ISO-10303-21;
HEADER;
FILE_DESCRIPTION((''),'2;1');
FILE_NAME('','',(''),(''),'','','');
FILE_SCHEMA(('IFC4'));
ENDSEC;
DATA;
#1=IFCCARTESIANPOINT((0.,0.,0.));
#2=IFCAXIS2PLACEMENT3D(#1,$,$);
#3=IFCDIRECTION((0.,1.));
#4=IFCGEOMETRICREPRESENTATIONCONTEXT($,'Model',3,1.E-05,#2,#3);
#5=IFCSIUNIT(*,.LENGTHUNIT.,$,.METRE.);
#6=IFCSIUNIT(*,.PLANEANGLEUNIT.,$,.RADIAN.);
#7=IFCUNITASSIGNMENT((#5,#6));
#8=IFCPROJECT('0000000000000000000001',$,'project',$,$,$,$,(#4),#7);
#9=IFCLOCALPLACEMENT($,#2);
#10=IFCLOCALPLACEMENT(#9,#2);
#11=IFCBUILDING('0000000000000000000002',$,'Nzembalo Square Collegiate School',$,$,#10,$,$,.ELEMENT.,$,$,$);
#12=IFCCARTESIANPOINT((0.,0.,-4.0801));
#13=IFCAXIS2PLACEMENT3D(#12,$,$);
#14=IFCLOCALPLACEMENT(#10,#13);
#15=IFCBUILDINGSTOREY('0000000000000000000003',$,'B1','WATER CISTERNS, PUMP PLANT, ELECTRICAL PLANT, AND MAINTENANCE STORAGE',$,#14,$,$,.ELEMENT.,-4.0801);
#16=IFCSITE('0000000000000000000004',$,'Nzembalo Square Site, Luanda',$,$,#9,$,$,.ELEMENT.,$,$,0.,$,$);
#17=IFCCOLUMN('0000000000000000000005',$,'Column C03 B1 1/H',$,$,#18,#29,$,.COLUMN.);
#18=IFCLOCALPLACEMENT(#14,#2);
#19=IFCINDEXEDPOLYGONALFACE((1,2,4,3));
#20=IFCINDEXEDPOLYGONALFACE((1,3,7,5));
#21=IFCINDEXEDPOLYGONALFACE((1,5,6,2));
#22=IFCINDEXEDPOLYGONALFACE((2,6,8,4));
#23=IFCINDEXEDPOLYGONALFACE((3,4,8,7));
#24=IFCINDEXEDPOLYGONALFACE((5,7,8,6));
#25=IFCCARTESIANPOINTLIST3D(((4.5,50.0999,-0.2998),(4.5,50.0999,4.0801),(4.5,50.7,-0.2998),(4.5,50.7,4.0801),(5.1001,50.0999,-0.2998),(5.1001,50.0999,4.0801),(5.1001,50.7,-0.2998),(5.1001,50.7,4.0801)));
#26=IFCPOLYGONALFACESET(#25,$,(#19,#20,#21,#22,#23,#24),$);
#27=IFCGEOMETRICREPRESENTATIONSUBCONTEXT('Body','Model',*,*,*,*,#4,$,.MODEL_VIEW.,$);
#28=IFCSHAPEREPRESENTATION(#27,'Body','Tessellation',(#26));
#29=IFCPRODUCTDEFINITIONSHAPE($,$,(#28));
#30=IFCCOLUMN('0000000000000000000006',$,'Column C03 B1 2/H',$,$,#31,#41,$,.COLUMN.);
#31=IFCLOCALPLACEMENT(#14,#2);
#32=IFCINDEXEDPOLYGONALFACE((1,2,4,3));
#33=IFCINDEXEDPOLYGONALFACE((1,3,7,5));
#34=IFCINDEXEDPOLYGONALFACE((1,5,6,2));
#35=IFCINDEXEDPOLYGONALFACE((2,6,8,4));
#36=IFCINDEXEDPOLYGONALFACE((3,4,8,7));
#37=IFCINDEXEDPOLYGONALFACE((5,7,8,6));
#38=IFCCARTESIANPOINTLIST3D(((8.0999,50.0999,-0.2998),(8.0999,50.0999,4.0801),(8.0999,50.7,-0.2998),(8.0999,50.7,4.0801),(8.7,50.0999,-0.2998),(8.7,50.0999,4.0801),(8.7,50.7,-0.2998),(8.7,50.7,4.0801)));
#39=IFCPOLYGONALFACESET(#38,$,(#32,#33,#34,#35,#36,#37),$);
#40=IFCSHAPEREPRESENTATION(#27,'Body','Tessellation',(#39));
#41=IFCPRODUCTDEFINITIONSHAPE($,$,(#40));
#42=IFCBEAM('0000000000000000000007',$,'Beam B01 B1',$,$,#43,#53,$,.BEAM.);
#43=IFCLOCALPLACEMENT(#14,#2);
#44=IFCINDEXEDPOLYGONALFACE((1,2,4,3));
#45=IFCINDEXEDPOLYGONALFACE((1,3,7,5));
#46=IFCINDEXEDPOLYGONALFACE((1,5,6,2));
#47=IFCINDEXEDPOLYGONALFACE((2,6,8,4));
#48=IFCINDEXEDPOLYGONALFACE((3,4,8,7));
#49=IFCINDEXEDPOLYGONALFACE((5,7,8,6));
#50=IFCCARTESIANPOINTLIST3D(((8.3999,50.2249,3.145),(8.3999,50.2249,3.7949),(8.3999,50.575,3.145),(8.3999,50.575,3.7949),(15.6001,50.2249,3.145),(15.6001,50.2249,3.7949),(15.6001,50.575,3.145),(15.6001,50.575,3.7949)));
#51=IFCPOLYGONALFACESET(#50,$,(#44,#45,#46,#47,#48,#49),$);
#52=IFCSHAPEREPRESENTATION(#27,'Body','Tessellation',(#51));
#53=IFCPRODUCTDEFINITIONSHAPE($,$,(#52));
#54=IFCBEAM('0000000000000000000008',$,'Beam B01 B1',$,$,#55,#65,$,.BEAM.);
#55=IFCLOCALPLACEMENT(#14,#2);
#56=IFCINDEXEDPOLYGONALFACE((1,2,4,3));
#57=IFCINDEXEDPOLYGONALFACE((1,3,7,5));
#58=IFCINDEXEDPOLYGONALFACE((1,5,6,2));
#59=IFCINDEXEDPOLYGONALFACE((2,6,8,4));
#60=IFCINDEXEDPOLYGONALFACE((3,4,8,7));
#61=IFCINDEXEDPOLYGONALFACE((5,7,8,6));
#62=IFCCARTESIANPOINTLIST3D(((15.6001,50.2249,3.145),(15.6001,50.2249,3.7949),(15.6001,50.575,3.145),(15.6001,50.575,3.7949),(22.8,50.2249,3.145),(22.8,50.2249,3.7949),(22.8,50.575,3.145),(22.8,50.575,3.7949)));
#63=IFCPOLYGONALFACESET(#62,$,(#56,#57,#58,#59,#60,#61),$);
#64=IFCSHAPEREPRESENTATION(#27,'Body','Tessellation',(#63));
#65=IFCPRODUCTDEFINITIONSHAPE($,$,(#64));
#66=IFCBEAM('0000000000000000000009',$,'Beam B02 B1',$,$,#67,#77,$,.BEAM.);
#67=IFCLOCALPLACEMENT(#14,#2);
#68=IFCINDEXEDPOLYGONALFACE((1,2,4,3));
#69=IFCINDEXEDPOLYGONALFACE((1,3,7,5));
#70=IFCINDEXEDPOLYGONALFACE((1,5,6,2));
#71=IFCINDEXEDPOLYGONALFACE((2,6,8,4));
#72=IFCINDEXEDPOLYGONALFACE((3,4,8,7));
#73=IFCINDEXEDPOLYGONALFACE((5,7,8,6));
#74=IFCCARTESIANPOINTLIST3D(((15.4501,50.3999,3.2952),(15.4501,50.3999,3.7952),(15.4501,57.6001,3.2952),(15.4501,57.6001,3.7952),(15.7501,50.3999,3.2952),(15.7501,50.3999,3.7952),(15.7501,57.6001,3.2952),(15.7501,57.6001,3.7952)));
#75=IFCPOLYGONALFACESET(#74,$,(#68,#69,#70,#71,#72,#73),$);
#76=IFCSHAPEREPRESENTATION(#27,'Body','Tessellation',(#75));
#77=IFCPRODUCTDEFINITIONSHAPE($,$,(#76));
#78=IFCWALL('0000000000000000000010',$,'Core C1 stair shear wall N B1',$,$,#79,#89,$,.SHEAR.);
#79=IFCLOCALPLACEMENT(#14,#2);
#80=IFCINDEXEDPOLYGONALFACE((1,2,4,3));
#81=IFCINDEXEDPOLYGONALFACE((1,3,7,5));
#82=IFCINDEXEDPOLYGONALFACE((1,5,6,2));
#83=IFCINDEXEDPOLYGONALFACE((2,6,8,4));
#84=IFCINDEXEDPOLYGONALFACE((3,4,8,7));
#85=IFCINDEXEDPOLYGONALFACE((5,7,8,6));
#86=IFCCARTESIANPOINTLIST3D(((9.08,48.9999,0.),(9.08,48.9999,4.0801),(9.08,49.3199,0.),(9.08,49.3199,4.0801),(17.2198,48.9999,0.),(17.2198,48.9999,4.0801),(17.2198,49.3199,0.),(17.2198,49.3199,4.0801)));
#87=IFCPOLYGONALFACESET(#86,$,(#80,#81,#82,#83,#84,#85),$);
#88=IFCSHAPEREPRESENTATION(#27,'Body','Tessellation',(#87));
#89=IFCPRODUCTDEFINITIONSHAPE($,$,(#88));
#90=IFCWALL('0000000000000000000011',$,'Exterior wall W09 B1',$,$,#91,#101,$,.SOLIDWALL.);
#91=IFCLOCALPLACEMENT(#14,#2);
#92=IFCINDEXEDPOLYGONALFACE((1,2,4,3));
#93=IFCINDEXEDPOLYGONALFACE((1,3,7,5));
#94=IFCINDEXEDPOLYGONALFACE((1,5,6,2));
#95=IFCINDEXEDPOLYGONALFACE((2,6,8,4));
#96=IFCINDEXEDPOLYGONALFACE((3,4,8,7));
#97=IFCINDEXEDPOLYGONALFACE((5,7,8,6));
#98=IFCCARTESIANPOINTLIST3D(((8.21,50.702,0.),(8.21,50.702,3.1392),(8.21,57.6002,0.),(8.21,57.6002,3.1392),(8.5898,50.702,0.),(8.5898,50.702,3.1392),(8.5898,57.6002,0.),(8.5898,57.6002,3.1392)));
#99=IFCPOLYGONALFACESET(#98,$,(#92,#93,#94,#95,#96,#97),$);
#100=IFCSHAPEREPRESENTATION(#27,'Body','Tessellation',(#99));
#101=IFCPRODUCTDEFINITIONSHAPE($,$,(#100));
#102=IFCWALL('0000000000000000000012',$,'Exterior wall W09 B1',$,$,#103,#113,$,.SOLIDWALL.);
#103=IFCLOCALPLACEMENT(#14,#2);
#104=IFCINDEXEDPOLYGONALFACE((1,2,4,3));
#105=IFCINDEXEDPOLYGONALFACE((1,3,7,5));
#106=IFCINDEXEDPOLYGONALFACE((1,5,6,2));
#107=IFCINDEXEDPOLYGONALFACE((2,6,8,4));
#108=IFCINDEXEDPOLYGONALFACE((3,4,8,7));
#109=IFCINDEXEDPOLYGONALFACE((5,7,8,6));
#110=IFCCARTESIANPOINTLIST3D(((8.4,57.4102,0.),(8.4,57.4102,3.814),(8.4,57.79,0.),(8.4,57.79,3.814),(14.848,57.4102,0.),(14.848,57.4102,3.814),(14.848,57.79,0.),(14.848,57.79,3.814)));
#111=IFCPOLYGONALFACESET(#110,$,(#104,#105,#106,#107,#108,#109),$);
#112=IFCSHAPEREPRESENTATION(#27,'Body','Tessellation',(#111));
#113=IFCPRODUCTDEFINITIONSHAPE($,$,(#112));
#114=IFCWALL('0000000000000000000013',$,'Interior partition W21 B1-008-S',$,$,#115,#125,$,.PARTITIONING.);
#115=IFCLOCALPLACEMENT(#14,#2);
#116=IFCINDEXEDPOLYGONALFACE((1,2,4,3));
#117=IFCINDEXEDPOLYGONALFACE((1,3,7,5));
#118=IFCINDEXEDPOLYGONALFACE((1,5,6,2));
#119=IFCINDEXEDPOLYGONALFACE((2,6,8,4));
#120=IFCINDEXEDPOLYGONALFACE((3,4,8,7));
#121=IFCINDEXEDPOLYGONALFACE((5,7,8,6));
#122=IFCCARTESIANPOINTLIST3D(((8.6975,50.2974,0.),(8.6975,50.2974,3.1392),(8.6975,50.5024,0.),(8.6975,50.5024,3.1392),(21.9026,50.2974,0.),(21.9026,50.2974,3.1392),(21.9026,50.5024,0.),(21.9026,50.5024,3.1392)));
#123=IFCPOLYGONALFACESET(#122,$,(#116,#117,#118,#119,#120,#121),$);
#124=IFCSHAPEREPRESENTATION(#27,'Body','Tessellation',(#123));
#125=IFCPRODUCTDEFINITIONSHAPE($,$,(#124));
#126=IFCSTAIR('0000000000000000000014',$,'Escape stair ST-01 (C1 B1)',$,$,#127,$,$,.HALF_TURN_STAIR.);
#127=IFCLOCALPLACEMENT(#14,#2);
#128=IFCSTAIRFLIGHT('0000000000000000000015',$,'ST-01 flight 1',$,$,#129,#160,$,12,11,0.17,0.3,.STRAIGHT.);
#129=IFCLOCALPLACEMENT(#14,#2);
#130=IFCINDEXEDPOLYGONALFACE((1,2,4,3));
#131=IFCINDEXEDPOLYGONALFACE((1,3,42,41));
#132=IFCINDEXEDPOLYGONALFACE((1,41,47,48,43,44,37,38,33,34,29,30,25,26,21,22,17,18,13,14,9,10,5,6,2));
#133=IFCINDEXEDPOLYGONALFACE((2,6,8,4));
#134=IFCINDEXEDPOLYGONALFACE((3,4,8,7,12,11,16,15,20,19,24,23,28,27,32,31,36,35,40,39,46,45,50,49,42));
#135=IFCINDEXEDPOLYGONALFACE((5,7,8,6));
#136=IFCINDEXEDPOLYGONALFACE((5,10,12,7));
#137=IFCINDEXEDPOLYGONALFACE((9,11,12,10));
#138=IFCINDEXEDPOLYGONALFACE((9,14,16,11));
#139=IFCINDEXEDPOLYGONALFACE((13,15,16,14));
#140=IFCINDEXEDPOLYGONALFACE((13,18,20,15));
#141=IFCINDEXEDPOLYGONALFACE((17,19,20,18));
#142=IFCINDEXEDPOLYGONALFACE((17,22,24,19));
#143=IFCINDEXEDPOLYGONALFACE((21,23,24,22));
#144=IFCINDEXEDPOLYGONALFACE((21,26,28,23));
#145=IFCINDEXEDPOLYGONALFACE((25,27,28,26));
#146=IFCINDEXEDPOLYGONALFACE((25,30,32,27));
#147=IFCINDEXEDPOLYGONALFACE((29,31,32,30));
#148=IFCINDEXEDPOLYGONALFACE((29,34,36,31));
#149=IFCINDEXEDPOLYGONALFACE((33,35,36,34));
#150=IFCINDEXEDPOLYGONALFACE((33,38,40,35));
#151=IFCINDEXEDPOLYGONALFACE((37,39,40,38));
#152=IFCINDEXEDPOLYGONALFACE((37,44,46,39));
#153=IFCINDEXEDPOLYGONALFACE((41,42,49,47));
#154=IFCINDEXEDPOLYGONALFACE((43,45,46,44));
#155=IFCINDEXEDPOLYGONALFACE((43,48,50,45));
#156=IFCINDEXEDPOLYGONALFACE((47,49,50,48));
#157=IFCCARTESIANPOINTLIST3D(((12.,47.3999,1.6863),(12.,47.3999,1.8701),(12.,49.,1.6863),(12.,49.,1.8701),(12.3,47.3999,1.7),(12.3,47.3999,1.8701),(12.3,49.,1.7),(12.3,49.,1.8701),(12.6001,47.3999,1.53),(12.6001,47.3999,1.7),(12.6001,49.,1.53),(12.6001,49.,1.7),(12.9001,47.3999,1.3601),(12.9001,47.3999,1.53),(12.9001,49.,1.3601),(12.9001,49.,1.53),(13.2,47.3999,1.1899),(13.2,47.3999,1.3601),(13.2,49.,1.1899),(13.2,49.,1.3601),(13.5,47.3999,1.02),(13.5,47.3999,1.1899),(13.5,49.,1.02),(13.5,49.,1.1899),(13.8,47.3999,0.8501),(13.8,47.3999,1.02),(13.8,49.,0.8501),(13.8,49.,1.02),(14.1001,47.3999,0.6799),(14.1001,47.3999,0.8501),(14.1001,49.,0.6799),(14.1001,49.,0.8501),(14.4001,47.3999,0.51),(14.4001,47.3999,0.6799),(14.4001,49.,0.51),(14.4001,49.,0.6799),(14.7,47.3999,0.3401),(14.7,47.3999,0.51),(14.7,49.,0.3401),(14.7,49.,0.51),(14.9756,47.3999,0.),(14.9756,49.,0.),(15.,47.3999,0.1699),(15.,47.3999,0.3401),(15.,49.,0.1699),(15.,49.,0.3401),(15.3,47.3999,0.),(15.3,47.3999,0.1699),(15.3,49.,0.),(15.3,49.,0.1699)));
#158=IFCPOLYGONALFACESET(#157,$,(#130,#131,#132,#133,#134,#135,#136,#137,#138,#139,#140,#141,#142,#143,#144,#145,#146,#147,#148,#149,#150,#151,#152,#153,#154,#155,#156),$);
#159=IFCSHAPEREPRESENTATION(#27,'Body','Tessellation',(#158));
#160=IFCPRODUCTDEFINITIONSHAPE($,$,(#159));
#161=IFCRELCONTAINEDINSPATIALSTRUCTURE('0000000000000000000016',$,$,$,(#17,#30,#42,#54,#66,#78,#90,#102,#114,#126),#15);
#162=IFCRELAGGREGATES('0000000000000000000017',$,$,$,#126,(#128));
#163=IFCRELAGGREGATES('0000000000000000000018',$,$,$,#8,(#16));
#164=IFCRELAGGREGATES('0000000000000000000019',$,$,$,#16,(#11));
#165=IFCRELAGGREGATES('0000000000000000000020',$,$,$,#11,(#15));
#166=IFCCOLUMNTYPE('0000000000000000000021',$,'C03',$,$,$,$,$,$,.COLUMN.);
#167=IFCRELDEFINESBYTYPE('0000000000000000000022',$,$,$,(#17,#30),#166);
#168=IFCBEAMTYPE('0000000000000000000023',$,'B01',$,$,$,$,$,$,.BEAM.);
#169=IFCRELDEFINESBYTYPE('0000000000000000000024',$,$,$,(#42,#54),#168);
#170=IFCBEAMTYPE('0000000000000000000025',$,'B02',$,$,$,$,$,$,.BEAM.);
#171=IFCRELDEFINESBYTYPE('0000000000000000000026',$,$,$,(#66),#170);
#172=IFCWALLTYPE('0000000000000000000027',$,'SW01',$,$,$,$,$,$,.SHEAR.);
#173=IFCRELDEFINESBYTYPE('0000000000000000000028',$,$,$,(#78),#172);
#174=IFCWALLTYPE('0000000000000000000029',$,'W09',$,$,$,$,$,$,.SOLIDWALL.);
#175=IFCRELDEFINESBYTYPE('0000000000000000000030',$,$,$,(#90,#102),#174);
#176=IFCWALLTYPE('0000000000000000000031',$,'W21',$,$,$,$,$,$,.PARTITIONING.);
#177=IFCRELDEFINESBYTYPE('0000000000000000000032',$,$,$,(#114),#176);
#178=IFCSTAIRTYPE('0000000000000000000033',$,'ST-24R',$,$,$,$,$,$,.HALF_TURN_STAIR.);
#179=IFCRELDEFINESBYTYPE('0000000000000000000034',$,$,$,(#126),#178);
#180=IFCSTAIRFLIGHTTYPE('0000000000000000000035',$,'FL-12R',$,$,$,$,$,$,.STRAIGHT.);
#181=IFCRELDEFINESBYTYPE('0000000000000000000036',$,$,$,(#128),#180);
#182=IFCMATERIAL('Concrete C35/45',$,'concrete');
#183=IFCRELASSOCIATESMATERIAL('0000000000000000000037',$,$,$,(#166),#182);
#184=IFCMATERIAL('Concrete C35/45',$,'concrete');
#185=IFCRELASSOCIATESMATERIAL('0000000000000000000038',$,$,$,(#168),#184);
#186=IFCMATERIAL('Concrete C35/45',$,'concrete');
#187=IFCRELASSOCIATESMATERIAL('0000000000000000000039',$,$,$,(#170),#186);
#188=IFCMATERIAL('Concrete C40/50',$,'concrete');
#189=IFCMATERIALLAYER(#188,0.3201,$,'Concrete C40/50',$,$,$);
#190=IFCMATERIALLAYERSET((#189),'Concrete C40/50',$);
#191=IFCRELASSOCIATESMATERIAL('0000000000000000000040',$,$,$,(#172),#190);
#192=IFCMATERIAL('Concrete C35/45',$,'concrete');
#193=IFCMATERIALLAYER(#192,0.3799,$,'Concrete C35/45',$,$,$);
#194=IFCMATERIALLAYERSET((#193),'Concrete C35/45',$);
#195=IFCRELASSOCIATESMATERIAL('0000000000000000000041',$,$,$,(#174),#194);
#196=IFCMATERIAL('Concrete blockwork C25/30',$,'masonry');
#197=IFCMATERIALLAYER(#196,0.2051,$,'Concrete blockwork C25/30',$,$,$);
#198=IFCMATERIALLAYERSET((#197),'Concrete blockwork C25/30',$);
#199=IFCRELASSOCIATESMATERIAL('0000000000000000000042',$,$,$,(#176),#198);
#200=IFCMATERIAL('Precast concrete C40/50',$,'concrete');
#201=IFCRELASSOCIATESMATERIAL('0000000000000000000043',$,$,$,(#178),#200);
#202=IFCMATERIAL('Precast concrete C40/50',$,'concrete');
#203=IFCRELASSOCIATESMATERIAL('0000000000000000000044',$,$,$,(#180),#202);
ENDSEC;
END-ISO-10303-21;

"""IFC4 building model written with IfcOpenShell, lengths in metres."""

from ifc_helpers import new_model, si_unit, direction, frame, frame_2d, origin, origin_2d, place, context, subcontext, project, spatial, polyline, rectangle, outline, extrude, material, layer, layer_set, material_profile, profile_set, type_object, element, aggregate, save


model = new_model("IFC4")

# Units and contexts
model_context = context("Model", 3, precision=1e-05, world=origin(), true_north=direction((0.0, 1.0)))
body_context = subcontext(model_context, "Body", "Model", "MODEL_VIEW")
ifc_project = project(units=[si_unit("LENGTHUNIT", "METRE"), si_unit("PLANEANGLEUNIT", "RADIAN")], contexts=[model_context])

# Site, building, storey
site_placement = place(None, origin())
site = spatial("IfcSite", under=ifc_project, at=site_placement, Name="Nzembalo Square Site, Luanda", CompositionType="ELEMENT", RefElevation=0.0)
building_placement = place(site_placement, origin())
building = spatial("IfcBuilding", under=site, at=building_placement, Name="Nzembalo Square Collegiate School", CompositionType="ELEMENT")
storey_placement = place(building_placement, frame((0.0, 0.0, -4.0801)))
storey = spatial("IfcBuildingStorey", under=building, at=storey_placement, Name="B1", Description="WATER CISTERNS, PUMP PLANT, ELECTRICAL PLANT, AND MAINTENANCE STORAGE", CompositionType="ELEMENT", Elevation=-4.0801)

# Columns
ifc_material_1 = material(Name="Concrete C35/45", Category="concrete")
ifc_material_profile_1 = material_profile(ifc_material_1, rectangle(XDim=0.6001, YDim=0.6001, at=origin_2d()), Name="RC 600x600")
ifc_profile_set_1 = profile_set([ifc_material_profile_1], Name="Concrete C35/45")
column_type_1 = type_object("IfcColumnType", Name="C03", PredefinedType="COLUMN", material=ifc_profile_set_1)
for number, where, z_axis, x_axis, name in (
    (1, (4.8, 50.3999, -0.2998), (0.0, 0.0, 1.0), (1.0, 0.0, 0.0), "Column C03 B1 1/H"),
    (2, (8.3999, 50.3999, -0.2998), (0.0, 0.0, 1.0), (1.0, 0.0, 0.0), "Column C03 B1 2/H"),
):
    element("IfcColumn", number, at=place(storey_placement, frame(where, z_axis=z_axis, x_axis=x_axis)), inside=storey, type_object=column_type_1, Name=name, PredefinedType="COLUMN", context=body_context, shape_type="SweptSolid", body=[
        extrude(rectangle(XDim=0.6001, YDim=0.6001, at=origin_2d()), origin(), (0.0, 0.0, 1.0), 4.3799),
    ])

# Beams
ifc_material_2 = material(Name="Concrete C35/45", Category="concrete")
ifc_material_profile_2 = material_profile(ifc_material_2, rectangle(XDim=0.3501, YDim=0.6499, at=origin_2d()), Name="RC 350x650")
ifc_profile_set_2 = profile_set([ifc_material_profile_2], Name="Concrete C35/45")
beam_type_1 = type_object("IfcBeamType", Name="B01", PredefinedType="BEAM", material=ifc_profile_set_2)
beam_1_placement = place(storey_placement, frame((8.3999, 50.3999, 3.47), z_axis=(1.0, 0.0, 0.0), x_axis=(0.0, 1.0, 0.0)))
element("IfcBeam", 3, at=beam_1_placement, inside=storey, type_object=beam_type_1, Name="Beam B01 B1", PredefinedType="BEAM", context=body_context, shape_type="SweptSolid", body=[
    extrude(rectangle(XDim=0.3501, YDim=0.6499, at=origin_2d()), origin(), (0.0, 0.0, 1.0), 7.2002),
])
beam_2_placement = place(storey_placement, frame((15.6001, 50.3999, 3.47), z_axis=(1.0, 0.0, 0.0), x_axis=(0.0, 1.0, 0.0)))
element("IfcBeam", 4, at=beam_2_placement, inside=storey, type_object=beam_type_1, Name="Beam B01 B1", PredefinedType="BEAM", context=body_context, shape_type="SweptSolid", body=[
    extrude(rectangle(XDim=0.3501, YDim=0.6499, at=origin_2d()), origin(), (0.0, 0.0, 1.0), 7.2),
])
ifc_material_3 = material(Name="Concrete C35/45", Category="concrete")
ifc_material_profile_3 = material_profile(ifc_material_3, rectangle(XDim=0.3, YDim=0.5, at=origin_2d()), Name="RC 300x500")
ifc_profile_set_3 = profile_set([ifc_material_profile_3], Name="Concrete C35/45")
beam_type_2 = type_object("IfcBeamType", Name="B02", PredefinedType="BEAM", material=ifc_profile_set_3)
beam_3_placement = place(storey_placement, frame((15.6001, 50.3999, 3.5452), z_axis=(0.0, 1.0, 0.0), x_axis=(-1.0, 0.0, 0.0)))
element("IfcBeam", 5, at=beam_3_placement, inside=storey, type_object=beam_type_2, Name="Beam B02 B1", PredefinedType="BEAM", context=body_context, shape_type="SweptSolid", body=[
    extrude(rectangle(XDim=0.3, YDim=0.5, at=origin_2d()), origin(), (0.0, 0.0, 1.0), 7.2002),
])

# Walls
ifc_material_4 = material(Name="Concrete C40/50", Category="concrete")
ifc_layer_1 = layer(ifc_material_4, 0.3201, Name="Concrete C40/50")
ifc_layer_set_1 = layer_set([ifc_layer_1], Name="Concrete C40/50")
wall_type_1 = type_object("IfcWallType", Name="SW01", PredefinedType="SHEAR", material=ifc_layer_set_1)
wall_1_placement = place(storey_placement, frame((9.0801, 49.1599, 0.0), z_axis=(0.0, 0.0, 1.0), x_axis=(1.0, 0.0, 0.0)))
element("IfcWall", 6, at=wall_1_placement, inside=storey, type_object=wall_type_1, Name="Core C1 stair shear wall N B1", PredefinedType="SHEAR", context=body_context, shape_type="SweptSolid", body=[
    extrude(rectangle(XDim=8.1399, YDim=0.3201, at=frame_2d((4.0698, 0.0))), origin(), (0.0, 0.0, 1.0), 4.0801),
])
ifc_material_5 = material(Name="Concrete C35/45", Category="concrete")
ifc_layer_2 = layer(ifc_material_5, 0.3799, Name="Concrete C35/45")
ifc_layer_set_2 = layer_set([ifc_layer_2], Name="Concrete C35/45")
wall_type_2 = type_object("IfcWallType", Name="W09", PredefinedType="SOLIDWALL", material=ifc_layer_set_2)
wall_2_placement = place(storey_placement, frame((8.3999, 50.7019, 0.0), z_axis=(0.0, 0.0, 1.0), x_axis=(0.0, 1.0, 0.0)))
element("IfcWall", 7, at=wall_2_placement, inside=storey, type_object=wall_type_2, Name="Exterior wall W09 B1", PredefinedType="SOLIDWALL", context=body_context, shape_type="SweptSolid", body=[
    extrude(rectangle(XDim=6.8982, YDim=0.3799, at=frame_2d((3.4492, 0.0))), origin(), (0.0, 0.0, 1.0), 3.1392),
])
wall_3_placement = place(storey_placement, frame((8.3999, 57.6001, 0.0), z_axis=(0.0, 0.0, 1.0), x_axis=(1.0, 0.0, 0.0)))
element("IfcWall", 8, at=wall_3_placement, inside=storey, type_object=wall_type_2, Name="Exterior wall W09 B1", PredefinedType="SOLIDWALL", context=body_context, shape_type="SweptSolid", body=[
    extrude(rectangle(XDim=6.448, YDim=0.3799, at=frame_2d((3.2241, 0.0))), origin(), (0.0, 0.0, 1.0), 3.814),
])
ifc_material_6 = material(Name="Concrete blockwork C25/30", Category="masonry")
ifc_layer_3 = layer(ifc_material_6, 0.2051, Name="Concrete blockwork C25/30")
ifc_layer_set_3 = layer_set([ifc_layer_3], Name="Concrete blockwork C25/30")
wall_type_3 = type_object("IfcWallType", Name="W21", PredefinedType="PARTITIONING", material=ifc_layer_set_3)
wall_4_placement = place(storey_placement, frame((8.6975, 50.3999, 0.0), z_axis=(0.0, 0.0, 1.0), x_axis=(1.0, 0.0, 0.0)))
element("IfcWall", 9, at=wall_4_placement, inside=storey, type_object=wall_type_3, Name="Interior partition W21 B1-008-S", PredefinedType="PARTITIONING", context=body_context, shape_type="SweptSolid", body=[
    extrude(rectangle(XDim=13.2051, YDim=0.2051, at=frame_2d((6.6025, 0.0))), origin(), (0.0, 0.0, 1.0), 3.1392),
])

# Stair, stair flight
ifc_material_7 = material(Name="Precast concrete C40/50", Category="concrete")
stair_type = type_object("IfcStairType", Name="ST-24R", PredefinedType="HALF_TURN_STAIR", material=ifc_material_7)
stair_placement = place(storey_placement, origin())
stair = element("IfcStair", 10, at=stair_placement, inside=storey, type_object=stair_type, Name="Escape stair ST-01 (C1 B1)", PredefinedType="HALF_TURN_STAIR")
ifc_material_8 = material(Name="Precast concrete C40/50", Category="concrete")
stair_flight_type = type_object("IfcStairFlightType", Name="FL-12R", PredefinedType="STRAIGHT", material=ifc_material_8)
stair_flight_placement = place(storey_placement, frame((15.3, 48.2, 0.0), z_axis=(0.0, 0.0, 1.0), x_axis=(-1.0, 0.0, 0.0)))
stair_flight = element("IfcStairFlight", 11, at=stair_flight_placement, type_object=stair_flight_type, Name="ST-01 flight 1", NumberOfRisers=12, NumberOfTreads=11, PredefinedType="STRAIGHT", RiserHeight=0.17, TreadLength=0.3, context=body_context, shape_type="SweptSolid", body=[
    extrude(outline(polyline([(0.0, 0.0), (0.0, 0.1699), (0.3, 0.1699), (0.3, 0.3401), (0.6001, 0.3401), (0.6001, 0.51), (0.8999, 0.51), (0.8999, 0.6799), (1.2, 0.6799), (1.2, 0.8501), (1.5, 0.8501), (1.5, 1.02), (1.8, 1.02), (1.8, 1.1899), (2.1001, 1.1899), (2.1001, 1.3601), (2.3999, 1.3601), (2.3999, 1.53), (2.7, 1.53), (2.7, 1.7), (3.0, 1.7), (3.0, 1.8701), (3.3, 1.8701), (3.3, 2.04), (3.3, 1.6863), (0.3245, 0.0), (0.0, 0.0)])), frame((0.0, 0.8, 0.0), z_axis=(0.0, -1.0, 0.0), x_axis=(1.0, 0.0, 0.0)), (0.0, 0.0, 1.0), 1.6001),
])
aggregate(stair, [stair_flight])

save(model, "model.ifc")
